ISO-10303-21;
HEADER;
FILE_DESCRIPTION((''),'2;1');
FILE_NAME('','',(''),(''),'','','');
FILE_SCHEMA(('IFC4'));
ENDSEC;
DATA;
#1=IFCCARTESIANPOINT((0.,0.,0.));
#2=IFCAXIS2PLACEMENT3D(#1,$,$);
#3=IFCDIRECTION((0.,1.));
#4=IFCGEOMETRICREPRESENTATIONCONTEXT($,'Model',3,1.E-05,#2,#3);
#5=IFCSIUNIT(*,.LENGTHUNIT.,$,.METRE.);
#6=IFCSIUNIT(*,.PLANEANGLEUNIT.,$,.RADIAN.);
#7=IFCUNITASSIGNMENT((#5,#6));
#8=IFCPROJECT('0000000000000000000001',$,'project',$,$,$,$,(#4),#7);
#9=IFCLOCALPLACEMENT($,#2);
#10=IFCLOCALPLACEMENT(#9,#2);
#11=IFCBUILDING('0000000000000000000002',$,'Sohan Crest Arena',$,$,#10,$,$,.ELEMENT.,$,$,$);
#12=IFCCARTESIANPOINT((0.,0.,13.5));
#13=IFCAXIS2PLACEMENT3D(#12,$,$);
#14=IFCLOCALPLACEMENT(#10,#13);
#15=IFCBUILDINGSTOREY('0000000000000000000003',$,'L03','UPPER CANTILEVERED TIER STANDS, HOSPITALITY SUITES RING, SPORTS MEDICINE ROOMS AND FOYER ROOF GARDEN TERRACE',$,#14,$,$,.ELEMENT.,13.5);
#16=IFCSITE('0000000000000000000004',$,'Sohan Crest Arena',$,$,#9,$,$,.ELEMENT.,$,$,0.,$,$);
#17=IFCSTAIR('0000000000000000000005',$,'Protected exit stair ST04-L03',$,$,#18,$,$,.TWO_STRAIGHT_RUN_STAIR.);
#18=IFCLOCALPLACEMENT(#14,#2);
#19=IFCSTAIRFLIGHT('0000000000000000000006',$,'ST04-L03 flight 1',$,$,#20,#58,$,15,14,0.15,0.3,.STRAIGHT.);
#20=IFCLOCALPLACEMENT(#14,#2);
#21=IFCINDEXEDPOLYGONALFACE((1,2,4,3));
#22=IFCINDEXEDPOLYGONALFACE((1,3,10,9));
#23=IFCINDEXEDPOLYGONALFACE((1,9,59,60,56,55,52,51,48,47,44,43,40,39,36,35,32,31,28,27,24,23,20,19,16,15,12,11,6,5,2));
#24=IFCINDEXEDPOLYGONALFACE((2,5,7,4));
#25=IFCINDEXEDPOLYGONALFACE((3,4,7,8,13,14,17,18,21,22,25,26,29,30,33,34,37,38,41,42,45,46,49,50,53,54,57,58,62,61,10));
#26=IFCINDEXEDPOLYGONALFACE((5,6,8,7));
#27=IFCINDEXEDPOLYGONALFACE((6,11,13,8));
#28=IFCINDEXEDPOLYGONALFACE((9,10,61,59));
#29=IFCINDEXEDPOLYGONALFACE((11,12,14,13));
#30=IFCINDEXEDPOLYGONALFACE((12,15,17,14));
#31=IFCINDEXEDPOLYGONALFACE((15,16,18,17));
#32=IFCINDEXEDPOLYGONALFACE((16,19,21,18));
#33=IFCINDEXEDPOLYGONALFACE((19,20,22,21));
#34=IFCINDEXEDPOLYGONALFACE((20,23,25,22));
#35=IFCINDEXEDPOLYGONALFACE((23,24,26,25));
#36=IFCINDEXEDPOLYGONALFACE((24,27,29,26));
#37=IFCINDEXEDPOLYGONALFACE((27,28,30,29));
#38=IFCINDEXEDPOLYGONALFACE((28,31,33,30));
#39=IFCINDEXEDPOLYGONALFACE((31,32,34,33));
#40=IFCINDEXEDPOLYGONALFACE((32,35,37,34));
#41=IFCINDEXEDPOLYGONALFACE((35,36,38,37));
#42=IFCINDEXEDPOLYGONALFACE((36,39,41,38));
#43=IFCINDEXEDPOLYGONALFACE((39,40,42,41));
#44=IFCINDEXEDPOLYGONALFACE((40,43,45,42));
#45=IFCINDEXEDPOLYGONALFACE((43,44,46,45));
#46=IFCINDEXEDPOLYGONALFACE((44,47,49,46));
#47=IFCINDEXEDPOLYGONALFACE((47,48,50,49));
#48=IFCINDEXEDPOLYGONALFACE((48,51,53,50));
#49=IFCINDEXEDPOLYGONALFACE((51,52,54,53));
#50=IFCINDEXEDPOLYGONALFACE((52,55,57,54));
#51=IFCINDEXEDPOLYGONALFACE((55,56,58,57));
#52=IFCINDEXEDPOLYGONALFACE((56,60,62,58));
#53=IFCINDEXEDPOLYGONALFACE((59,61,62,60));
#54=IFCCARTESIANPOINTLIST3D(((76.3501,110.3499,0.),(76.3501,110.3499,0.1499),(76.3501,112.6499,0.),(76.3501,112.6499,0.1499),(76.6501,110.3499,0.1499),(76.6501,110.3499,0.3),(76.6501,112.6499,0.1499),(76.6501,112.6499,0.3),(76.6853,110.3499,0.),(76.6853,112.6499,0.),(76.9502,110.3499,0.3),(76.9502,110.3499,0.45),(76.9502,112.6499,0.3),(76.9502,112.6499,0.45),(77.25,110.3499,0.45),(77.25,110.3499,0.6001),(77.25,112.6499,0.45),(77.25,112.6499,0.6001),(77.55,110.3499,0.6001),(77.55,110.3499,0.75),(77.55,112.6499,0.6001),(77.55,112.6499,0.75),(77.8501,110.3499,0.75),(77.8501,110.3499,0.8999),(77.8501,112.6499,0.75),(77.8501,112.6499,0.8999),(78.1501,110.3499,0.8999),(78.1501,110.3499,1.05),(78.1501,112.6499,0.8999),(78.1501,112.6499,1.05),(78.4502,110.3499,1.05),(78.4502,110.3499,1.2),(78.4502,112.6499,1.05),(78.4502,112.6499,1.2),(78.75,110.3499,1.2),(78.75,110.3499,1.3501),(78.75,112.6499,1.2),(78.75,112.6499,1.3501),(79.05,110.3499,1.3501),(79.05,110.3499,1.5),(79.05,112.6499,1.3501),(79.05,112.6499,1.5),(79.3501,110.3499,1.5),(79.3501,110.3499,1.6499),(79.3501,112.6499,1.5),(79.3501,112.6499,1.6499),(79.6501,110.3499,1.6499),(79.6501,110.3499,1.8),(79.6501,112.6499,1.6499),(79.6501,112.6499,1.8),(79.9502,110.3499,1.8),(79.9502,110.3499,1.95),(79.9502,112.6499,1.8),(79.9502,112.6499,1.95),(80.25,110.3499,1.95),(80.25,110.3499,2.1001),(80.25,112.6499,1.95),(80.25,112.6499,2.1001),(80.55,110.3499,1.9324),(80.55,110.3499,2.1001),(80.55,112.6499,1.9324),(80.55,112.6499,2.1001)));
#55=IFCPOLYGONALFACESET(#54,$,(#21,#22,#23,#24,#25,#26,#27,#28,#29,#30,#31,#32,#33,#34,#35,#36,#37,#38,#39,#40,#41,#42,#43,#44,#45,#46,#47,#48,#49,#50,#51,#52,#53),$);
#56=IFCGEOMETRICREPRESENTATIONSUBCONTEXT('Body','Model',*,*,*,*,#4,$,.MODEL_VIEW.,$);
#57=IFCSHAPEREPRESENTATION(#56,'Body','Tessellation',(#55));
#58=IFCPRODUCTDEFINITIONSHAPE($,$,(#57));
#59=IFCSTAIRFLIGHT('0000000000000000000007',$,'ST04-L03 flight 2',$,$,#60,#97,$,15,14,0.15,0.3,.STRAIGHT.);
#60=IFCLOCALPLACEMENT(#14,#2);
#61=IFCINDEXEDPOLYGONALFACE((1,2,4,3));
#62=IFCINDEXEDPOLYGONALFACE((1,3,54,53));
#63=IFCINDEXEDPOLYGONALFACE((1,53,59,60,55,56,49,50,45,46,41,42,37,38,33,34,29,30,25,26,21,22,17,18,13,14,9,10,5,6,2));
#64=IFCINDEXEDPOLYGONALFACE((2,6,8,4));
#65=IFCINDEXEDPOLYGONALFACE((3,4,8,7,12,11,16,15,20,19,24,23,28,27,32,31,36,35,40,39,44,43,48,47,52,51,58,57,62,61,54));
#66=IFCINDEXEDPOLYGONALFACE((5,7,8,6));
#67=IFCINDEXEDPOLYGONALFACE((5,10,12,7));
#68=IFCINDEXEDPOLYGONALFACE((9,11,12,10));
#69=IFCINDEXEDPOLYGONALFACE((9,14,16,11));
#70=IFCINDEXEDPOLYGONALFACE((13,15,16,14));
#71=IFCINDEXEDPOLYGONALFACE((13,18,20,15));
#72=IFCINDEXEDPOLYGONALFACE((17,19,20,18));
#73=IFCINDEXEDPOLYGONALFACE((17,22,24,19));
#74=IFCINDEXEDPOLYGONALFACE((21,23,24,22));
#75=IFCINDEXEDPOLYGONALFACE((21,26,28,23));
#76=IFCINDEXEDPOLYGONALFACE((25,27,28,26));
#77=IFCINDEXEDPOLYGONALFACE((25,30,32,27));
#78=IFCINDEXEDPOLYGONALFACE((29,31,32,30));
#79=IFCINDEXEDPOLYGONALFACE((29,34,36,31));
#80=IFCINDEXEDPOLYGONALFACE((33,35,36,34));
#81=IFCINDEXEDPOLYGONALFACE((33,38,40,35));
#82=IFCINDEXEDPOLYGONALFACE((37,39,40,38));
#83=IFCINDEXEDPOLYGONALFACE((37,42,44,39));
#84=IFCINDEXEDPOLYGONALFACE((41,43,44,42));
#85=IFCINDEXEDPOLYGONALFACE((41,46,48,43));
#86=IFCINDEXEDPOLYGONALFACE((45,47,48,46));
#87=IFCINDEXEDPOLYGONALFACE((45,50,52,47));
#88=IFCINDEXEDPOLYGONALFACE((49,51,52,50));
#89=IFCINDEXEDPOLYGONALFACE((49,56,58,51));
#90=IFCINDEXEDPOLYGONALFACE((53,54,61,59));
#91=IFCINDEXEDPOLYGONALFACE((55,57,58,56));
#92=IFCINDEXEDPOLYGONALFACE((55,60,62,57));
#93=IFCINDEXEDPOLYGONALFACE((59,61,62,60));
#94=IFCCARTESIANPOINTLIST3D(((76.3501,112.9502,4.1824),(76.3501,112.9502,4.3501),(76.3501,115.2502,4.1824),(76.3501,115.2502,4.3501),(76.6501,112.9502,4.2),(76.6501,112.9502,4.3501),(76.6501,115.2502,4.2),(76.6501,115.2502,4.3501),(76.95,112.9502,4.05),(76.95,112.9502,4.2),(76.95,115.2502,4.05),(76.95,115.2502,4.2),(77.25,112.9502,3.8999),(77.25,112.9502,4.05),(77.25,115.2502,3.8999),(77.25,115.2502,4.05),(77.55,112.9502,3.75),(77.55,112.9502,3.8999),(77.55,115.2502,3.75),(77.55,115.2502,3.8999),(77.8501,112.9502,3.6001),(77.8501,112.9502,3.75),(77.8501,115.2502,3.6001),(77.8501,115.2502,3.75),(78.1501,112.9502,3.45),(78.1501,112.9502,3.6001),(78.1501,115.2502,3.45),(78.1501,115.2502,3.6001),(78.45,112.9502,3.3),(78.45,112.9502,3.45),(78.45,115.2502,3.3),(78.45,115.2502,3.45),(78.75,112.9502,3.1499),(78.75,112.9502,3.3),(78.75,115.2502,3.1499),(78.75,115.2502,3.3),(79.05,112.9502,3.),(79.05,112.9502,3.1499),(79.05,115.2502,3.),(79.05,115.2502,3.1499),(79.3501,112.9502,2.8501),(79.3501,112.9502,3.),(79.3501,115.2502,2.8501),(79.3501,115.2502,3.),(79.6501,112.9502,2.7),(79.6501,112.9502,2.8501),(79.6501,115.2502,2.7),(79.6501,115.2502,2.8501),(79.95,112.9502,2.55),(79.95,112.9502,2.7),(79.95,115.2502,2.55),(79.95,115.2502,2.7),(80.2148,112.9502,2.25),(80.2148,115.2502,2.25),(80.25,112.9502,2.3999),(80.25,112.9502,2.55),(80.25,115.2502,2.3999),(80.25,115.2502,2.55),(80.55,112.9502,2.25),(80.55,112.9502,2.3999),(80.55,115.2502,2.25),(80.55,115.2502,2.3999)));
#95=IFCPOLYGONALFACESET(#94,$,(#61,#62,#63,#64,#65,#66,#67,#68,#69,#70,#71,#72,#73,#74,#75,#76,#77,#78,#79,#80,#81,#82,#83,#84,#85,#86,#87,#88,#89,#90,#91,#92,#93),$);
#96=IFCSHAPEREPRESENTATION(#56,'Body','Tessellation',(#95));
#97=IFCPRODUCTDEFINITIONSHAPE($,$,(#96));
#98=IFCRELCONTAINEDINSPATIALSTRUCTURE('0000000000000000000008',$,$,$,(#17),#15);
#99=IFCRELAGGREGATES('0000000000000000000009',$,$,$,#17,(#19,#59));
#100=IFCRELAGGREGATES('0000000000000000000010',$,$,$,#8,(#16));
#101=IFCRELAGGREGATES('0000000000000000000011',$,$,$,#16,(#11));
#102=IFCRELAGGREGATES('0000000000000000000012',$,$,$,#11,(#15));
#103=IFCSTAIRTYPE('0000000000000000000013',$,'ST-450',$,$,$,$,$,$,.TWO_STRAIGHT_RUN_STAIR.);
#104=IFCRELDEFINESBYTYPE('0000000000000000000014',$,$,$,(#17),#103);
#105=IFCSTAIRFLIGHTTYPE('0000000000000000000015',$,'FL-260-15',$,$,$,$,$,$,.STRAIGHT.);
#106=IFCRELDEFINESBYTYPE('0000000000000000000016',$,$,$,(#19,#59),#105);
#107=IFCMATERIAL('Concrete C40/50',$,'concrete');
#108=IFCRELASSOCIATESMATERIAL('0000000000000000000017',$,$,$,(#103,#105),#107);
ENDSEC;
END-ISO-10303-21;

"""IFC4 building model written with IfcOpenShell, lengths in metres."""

from ifc_helpers import new_model, si_unit, direction, frame, origin, place, context, subcontext, project, spatial, polyline, outline, extrude, material, type_object, element, aggregate, save


model = new_model("IFC4")

# Units and contexts
model_context = context("Model", 3, precision=1e-05, world=origin(), true_north=direction((0.0, 1.0)))
body_context = subcontext(model_context, "Body", "Model", "MODEL_VIEW")
ifc_project = project(units=[si_unit("LENGTHUNIT", "METRE"), si_unit("PLANEANGLEUNIT", "RADIAN")], contexts=[model_context])

# Site, building, storey
site_placement = place(None, origin())
site = spatial("IfcSite", under=ifc_project, at=site_placement, Name="Sohan Crest Arena", CompositionType="ELEMENT", RefElevation=0.0)
building_placement = place(site_placement, origin())
building = spatial("IfcBuilding", under=site, at=building_placement, Name="Sohan Crest Arena", CompositionType="ELEMENT")
storey_placement = place(building_placement, frame((0.0, 0.0, 13.5)))
storey = spatial("IfcBuildingStorey", under=building, at=storey_placement, Name="L03", Description="UPPER CANTILEVERED TIER STANDS, HOSPITALITY SUITES RING, SPORTS MEDICINE ROOMS AND FOYER ROOF GARDEN TERRACE", CompositionType="ELEMENT", Elevation=13.5)

# Shared definitions
ifc_material_1 = material(Name="Concrete C40/50", Category="concrete")

# Stair, stair flights
stair_type = type_object("IfcStairType", Name="ST-450", PredefinedType="TWO_STRAIGHT_RUN_STAIR", material=ifc_material_1)
stair_placement = place(storey_placement, origin())
stair = element("IfcStair", 1, at=stair_placement, inside=storey, type_object=stair_type, Name="Protected exit stair ST04-L03", PredefinedType="TWO_STRAIGHT_RUN_STAIR")
stair_flight_type = type_object("IfcStairFlightType", Name="FL-260-15", PredefinedType="STRAIGHT", material=ifc_material_1)
stair_flight_1_placement = place(storey_placement, frame((76.3501, 111.5, 0.0), z_axis=(0.0, 0.0, 1.0), x_axis=(1.0, 0.0, 0.0)))
stair_flight_1 = element("IfcStairFlight", 2, at=stair_flight_1_placement, type_object=stair_flight_type, Name="ST04-L03 flight 1", NumberOfRisers=15, NumberOfTreads=14, PredefinedType="STRAIGHT", RiserHeight=0.15, TreadLength=0.3, context=body_context, shape_type="SweptSolid", body=[
    extrude(outline(polyline([(0.0, 0.0), (0.0, 0.1499), (0.3, 0.1499), (0.3, 0.3), (0.6001, 0.3), (0.6001, 0.45), (0.8999, 0.45), (0.8999, 0.6001), (1.2, 0.6001), (1.2, 0.75), (1.5, 0.75), (1.5, 0.8999), (1.8, 0.8999), (1.8, 1.05), (2.1001, 1.05), (2.1001, 1.2), (2.3999, 1.2), (2.3999, 1.3501), (2.7, 1.3501), (2.7, 1.5), (3.0, 1.5), (3.0, 1.6499), (3.3, 1.6499), (3.3, 1.8), (3.6001, 1.8), (3.6001, 1.95), (3.8999, 1.95), (3.8999, 2.1001), (4.2, 2.1001), (4.2, 2.25), (4.2, 1.9324), (0.3352, 0.0), (0.0, 0.0)])), frame((0.0, 1.1499, 0.0), z_axis=(0.0, -1.0, 0.0), x_axis=(1.0, 0.0, 0.0)), (0.0, 0.0, 1.0), 2.3),
])
stair_flight_2_placement = place(storey_placement, frame((80.55, 114.1001, 2.25), z_axis=(0.0, 0.0, 1.0), x_axis=(-1.0, 0.0, 0.0)))
stair_flight_2 = element("IfcStairFlight", 3, at=stair_flight_2_placement, type_object=stair_flight_type, Name="ST04-L03 flight 2", NumberOfRisers=15, NumberOfTreads=14, PredefinedType="STRAIGHT", RiserHeight=0.15, TreadLength=0.3, context=body_context, shape_type="SweptSolid", body=[
    extrude(outline(polyline([(0.0, 0.0), (0.0, 0.1499), (0.3, 0.1499), (0.3, 0.3), (0.6001, 0.3), (0.6001, 0.45), (0.8999, 0.45), (0.8999, 0.6001), (1.2, 0.6001), (1.2, 0.75), (1.5, 0.75), (1.5, 0.8999), (1.8, 0.8999), (1.8, 1.05), (2.1001, 1.05), (2.1001, 1.2), (2.3999, 1.2), (2.3999, 1.3501), (2.7, 1.3501), (2.7, 1.5), (3.0, 1.5), (3.0, 1.6499), (3.3, 1.6499), (3.3, 1.8), (3.6001, 1.8), (3.6001, 1.95), (3.8999, 1.95), (3.8999, 2.1001), (4.2, 2.1001), (4.2, 2.25), (4.2, 1.9324), (0.3352, 0.0), (0.0, 0.0)])), frame((0.0, 1.1499, 0.0), z_axis=(0.0, -1.0, 0.0), x_axis=(1.0, 0.0, 0.0)), (0.0, 0.0, 1.0), 2.3),
])
aggregate(stair, [stair_flight_1, stair_flight_2])

save(model, "model.ifc")
